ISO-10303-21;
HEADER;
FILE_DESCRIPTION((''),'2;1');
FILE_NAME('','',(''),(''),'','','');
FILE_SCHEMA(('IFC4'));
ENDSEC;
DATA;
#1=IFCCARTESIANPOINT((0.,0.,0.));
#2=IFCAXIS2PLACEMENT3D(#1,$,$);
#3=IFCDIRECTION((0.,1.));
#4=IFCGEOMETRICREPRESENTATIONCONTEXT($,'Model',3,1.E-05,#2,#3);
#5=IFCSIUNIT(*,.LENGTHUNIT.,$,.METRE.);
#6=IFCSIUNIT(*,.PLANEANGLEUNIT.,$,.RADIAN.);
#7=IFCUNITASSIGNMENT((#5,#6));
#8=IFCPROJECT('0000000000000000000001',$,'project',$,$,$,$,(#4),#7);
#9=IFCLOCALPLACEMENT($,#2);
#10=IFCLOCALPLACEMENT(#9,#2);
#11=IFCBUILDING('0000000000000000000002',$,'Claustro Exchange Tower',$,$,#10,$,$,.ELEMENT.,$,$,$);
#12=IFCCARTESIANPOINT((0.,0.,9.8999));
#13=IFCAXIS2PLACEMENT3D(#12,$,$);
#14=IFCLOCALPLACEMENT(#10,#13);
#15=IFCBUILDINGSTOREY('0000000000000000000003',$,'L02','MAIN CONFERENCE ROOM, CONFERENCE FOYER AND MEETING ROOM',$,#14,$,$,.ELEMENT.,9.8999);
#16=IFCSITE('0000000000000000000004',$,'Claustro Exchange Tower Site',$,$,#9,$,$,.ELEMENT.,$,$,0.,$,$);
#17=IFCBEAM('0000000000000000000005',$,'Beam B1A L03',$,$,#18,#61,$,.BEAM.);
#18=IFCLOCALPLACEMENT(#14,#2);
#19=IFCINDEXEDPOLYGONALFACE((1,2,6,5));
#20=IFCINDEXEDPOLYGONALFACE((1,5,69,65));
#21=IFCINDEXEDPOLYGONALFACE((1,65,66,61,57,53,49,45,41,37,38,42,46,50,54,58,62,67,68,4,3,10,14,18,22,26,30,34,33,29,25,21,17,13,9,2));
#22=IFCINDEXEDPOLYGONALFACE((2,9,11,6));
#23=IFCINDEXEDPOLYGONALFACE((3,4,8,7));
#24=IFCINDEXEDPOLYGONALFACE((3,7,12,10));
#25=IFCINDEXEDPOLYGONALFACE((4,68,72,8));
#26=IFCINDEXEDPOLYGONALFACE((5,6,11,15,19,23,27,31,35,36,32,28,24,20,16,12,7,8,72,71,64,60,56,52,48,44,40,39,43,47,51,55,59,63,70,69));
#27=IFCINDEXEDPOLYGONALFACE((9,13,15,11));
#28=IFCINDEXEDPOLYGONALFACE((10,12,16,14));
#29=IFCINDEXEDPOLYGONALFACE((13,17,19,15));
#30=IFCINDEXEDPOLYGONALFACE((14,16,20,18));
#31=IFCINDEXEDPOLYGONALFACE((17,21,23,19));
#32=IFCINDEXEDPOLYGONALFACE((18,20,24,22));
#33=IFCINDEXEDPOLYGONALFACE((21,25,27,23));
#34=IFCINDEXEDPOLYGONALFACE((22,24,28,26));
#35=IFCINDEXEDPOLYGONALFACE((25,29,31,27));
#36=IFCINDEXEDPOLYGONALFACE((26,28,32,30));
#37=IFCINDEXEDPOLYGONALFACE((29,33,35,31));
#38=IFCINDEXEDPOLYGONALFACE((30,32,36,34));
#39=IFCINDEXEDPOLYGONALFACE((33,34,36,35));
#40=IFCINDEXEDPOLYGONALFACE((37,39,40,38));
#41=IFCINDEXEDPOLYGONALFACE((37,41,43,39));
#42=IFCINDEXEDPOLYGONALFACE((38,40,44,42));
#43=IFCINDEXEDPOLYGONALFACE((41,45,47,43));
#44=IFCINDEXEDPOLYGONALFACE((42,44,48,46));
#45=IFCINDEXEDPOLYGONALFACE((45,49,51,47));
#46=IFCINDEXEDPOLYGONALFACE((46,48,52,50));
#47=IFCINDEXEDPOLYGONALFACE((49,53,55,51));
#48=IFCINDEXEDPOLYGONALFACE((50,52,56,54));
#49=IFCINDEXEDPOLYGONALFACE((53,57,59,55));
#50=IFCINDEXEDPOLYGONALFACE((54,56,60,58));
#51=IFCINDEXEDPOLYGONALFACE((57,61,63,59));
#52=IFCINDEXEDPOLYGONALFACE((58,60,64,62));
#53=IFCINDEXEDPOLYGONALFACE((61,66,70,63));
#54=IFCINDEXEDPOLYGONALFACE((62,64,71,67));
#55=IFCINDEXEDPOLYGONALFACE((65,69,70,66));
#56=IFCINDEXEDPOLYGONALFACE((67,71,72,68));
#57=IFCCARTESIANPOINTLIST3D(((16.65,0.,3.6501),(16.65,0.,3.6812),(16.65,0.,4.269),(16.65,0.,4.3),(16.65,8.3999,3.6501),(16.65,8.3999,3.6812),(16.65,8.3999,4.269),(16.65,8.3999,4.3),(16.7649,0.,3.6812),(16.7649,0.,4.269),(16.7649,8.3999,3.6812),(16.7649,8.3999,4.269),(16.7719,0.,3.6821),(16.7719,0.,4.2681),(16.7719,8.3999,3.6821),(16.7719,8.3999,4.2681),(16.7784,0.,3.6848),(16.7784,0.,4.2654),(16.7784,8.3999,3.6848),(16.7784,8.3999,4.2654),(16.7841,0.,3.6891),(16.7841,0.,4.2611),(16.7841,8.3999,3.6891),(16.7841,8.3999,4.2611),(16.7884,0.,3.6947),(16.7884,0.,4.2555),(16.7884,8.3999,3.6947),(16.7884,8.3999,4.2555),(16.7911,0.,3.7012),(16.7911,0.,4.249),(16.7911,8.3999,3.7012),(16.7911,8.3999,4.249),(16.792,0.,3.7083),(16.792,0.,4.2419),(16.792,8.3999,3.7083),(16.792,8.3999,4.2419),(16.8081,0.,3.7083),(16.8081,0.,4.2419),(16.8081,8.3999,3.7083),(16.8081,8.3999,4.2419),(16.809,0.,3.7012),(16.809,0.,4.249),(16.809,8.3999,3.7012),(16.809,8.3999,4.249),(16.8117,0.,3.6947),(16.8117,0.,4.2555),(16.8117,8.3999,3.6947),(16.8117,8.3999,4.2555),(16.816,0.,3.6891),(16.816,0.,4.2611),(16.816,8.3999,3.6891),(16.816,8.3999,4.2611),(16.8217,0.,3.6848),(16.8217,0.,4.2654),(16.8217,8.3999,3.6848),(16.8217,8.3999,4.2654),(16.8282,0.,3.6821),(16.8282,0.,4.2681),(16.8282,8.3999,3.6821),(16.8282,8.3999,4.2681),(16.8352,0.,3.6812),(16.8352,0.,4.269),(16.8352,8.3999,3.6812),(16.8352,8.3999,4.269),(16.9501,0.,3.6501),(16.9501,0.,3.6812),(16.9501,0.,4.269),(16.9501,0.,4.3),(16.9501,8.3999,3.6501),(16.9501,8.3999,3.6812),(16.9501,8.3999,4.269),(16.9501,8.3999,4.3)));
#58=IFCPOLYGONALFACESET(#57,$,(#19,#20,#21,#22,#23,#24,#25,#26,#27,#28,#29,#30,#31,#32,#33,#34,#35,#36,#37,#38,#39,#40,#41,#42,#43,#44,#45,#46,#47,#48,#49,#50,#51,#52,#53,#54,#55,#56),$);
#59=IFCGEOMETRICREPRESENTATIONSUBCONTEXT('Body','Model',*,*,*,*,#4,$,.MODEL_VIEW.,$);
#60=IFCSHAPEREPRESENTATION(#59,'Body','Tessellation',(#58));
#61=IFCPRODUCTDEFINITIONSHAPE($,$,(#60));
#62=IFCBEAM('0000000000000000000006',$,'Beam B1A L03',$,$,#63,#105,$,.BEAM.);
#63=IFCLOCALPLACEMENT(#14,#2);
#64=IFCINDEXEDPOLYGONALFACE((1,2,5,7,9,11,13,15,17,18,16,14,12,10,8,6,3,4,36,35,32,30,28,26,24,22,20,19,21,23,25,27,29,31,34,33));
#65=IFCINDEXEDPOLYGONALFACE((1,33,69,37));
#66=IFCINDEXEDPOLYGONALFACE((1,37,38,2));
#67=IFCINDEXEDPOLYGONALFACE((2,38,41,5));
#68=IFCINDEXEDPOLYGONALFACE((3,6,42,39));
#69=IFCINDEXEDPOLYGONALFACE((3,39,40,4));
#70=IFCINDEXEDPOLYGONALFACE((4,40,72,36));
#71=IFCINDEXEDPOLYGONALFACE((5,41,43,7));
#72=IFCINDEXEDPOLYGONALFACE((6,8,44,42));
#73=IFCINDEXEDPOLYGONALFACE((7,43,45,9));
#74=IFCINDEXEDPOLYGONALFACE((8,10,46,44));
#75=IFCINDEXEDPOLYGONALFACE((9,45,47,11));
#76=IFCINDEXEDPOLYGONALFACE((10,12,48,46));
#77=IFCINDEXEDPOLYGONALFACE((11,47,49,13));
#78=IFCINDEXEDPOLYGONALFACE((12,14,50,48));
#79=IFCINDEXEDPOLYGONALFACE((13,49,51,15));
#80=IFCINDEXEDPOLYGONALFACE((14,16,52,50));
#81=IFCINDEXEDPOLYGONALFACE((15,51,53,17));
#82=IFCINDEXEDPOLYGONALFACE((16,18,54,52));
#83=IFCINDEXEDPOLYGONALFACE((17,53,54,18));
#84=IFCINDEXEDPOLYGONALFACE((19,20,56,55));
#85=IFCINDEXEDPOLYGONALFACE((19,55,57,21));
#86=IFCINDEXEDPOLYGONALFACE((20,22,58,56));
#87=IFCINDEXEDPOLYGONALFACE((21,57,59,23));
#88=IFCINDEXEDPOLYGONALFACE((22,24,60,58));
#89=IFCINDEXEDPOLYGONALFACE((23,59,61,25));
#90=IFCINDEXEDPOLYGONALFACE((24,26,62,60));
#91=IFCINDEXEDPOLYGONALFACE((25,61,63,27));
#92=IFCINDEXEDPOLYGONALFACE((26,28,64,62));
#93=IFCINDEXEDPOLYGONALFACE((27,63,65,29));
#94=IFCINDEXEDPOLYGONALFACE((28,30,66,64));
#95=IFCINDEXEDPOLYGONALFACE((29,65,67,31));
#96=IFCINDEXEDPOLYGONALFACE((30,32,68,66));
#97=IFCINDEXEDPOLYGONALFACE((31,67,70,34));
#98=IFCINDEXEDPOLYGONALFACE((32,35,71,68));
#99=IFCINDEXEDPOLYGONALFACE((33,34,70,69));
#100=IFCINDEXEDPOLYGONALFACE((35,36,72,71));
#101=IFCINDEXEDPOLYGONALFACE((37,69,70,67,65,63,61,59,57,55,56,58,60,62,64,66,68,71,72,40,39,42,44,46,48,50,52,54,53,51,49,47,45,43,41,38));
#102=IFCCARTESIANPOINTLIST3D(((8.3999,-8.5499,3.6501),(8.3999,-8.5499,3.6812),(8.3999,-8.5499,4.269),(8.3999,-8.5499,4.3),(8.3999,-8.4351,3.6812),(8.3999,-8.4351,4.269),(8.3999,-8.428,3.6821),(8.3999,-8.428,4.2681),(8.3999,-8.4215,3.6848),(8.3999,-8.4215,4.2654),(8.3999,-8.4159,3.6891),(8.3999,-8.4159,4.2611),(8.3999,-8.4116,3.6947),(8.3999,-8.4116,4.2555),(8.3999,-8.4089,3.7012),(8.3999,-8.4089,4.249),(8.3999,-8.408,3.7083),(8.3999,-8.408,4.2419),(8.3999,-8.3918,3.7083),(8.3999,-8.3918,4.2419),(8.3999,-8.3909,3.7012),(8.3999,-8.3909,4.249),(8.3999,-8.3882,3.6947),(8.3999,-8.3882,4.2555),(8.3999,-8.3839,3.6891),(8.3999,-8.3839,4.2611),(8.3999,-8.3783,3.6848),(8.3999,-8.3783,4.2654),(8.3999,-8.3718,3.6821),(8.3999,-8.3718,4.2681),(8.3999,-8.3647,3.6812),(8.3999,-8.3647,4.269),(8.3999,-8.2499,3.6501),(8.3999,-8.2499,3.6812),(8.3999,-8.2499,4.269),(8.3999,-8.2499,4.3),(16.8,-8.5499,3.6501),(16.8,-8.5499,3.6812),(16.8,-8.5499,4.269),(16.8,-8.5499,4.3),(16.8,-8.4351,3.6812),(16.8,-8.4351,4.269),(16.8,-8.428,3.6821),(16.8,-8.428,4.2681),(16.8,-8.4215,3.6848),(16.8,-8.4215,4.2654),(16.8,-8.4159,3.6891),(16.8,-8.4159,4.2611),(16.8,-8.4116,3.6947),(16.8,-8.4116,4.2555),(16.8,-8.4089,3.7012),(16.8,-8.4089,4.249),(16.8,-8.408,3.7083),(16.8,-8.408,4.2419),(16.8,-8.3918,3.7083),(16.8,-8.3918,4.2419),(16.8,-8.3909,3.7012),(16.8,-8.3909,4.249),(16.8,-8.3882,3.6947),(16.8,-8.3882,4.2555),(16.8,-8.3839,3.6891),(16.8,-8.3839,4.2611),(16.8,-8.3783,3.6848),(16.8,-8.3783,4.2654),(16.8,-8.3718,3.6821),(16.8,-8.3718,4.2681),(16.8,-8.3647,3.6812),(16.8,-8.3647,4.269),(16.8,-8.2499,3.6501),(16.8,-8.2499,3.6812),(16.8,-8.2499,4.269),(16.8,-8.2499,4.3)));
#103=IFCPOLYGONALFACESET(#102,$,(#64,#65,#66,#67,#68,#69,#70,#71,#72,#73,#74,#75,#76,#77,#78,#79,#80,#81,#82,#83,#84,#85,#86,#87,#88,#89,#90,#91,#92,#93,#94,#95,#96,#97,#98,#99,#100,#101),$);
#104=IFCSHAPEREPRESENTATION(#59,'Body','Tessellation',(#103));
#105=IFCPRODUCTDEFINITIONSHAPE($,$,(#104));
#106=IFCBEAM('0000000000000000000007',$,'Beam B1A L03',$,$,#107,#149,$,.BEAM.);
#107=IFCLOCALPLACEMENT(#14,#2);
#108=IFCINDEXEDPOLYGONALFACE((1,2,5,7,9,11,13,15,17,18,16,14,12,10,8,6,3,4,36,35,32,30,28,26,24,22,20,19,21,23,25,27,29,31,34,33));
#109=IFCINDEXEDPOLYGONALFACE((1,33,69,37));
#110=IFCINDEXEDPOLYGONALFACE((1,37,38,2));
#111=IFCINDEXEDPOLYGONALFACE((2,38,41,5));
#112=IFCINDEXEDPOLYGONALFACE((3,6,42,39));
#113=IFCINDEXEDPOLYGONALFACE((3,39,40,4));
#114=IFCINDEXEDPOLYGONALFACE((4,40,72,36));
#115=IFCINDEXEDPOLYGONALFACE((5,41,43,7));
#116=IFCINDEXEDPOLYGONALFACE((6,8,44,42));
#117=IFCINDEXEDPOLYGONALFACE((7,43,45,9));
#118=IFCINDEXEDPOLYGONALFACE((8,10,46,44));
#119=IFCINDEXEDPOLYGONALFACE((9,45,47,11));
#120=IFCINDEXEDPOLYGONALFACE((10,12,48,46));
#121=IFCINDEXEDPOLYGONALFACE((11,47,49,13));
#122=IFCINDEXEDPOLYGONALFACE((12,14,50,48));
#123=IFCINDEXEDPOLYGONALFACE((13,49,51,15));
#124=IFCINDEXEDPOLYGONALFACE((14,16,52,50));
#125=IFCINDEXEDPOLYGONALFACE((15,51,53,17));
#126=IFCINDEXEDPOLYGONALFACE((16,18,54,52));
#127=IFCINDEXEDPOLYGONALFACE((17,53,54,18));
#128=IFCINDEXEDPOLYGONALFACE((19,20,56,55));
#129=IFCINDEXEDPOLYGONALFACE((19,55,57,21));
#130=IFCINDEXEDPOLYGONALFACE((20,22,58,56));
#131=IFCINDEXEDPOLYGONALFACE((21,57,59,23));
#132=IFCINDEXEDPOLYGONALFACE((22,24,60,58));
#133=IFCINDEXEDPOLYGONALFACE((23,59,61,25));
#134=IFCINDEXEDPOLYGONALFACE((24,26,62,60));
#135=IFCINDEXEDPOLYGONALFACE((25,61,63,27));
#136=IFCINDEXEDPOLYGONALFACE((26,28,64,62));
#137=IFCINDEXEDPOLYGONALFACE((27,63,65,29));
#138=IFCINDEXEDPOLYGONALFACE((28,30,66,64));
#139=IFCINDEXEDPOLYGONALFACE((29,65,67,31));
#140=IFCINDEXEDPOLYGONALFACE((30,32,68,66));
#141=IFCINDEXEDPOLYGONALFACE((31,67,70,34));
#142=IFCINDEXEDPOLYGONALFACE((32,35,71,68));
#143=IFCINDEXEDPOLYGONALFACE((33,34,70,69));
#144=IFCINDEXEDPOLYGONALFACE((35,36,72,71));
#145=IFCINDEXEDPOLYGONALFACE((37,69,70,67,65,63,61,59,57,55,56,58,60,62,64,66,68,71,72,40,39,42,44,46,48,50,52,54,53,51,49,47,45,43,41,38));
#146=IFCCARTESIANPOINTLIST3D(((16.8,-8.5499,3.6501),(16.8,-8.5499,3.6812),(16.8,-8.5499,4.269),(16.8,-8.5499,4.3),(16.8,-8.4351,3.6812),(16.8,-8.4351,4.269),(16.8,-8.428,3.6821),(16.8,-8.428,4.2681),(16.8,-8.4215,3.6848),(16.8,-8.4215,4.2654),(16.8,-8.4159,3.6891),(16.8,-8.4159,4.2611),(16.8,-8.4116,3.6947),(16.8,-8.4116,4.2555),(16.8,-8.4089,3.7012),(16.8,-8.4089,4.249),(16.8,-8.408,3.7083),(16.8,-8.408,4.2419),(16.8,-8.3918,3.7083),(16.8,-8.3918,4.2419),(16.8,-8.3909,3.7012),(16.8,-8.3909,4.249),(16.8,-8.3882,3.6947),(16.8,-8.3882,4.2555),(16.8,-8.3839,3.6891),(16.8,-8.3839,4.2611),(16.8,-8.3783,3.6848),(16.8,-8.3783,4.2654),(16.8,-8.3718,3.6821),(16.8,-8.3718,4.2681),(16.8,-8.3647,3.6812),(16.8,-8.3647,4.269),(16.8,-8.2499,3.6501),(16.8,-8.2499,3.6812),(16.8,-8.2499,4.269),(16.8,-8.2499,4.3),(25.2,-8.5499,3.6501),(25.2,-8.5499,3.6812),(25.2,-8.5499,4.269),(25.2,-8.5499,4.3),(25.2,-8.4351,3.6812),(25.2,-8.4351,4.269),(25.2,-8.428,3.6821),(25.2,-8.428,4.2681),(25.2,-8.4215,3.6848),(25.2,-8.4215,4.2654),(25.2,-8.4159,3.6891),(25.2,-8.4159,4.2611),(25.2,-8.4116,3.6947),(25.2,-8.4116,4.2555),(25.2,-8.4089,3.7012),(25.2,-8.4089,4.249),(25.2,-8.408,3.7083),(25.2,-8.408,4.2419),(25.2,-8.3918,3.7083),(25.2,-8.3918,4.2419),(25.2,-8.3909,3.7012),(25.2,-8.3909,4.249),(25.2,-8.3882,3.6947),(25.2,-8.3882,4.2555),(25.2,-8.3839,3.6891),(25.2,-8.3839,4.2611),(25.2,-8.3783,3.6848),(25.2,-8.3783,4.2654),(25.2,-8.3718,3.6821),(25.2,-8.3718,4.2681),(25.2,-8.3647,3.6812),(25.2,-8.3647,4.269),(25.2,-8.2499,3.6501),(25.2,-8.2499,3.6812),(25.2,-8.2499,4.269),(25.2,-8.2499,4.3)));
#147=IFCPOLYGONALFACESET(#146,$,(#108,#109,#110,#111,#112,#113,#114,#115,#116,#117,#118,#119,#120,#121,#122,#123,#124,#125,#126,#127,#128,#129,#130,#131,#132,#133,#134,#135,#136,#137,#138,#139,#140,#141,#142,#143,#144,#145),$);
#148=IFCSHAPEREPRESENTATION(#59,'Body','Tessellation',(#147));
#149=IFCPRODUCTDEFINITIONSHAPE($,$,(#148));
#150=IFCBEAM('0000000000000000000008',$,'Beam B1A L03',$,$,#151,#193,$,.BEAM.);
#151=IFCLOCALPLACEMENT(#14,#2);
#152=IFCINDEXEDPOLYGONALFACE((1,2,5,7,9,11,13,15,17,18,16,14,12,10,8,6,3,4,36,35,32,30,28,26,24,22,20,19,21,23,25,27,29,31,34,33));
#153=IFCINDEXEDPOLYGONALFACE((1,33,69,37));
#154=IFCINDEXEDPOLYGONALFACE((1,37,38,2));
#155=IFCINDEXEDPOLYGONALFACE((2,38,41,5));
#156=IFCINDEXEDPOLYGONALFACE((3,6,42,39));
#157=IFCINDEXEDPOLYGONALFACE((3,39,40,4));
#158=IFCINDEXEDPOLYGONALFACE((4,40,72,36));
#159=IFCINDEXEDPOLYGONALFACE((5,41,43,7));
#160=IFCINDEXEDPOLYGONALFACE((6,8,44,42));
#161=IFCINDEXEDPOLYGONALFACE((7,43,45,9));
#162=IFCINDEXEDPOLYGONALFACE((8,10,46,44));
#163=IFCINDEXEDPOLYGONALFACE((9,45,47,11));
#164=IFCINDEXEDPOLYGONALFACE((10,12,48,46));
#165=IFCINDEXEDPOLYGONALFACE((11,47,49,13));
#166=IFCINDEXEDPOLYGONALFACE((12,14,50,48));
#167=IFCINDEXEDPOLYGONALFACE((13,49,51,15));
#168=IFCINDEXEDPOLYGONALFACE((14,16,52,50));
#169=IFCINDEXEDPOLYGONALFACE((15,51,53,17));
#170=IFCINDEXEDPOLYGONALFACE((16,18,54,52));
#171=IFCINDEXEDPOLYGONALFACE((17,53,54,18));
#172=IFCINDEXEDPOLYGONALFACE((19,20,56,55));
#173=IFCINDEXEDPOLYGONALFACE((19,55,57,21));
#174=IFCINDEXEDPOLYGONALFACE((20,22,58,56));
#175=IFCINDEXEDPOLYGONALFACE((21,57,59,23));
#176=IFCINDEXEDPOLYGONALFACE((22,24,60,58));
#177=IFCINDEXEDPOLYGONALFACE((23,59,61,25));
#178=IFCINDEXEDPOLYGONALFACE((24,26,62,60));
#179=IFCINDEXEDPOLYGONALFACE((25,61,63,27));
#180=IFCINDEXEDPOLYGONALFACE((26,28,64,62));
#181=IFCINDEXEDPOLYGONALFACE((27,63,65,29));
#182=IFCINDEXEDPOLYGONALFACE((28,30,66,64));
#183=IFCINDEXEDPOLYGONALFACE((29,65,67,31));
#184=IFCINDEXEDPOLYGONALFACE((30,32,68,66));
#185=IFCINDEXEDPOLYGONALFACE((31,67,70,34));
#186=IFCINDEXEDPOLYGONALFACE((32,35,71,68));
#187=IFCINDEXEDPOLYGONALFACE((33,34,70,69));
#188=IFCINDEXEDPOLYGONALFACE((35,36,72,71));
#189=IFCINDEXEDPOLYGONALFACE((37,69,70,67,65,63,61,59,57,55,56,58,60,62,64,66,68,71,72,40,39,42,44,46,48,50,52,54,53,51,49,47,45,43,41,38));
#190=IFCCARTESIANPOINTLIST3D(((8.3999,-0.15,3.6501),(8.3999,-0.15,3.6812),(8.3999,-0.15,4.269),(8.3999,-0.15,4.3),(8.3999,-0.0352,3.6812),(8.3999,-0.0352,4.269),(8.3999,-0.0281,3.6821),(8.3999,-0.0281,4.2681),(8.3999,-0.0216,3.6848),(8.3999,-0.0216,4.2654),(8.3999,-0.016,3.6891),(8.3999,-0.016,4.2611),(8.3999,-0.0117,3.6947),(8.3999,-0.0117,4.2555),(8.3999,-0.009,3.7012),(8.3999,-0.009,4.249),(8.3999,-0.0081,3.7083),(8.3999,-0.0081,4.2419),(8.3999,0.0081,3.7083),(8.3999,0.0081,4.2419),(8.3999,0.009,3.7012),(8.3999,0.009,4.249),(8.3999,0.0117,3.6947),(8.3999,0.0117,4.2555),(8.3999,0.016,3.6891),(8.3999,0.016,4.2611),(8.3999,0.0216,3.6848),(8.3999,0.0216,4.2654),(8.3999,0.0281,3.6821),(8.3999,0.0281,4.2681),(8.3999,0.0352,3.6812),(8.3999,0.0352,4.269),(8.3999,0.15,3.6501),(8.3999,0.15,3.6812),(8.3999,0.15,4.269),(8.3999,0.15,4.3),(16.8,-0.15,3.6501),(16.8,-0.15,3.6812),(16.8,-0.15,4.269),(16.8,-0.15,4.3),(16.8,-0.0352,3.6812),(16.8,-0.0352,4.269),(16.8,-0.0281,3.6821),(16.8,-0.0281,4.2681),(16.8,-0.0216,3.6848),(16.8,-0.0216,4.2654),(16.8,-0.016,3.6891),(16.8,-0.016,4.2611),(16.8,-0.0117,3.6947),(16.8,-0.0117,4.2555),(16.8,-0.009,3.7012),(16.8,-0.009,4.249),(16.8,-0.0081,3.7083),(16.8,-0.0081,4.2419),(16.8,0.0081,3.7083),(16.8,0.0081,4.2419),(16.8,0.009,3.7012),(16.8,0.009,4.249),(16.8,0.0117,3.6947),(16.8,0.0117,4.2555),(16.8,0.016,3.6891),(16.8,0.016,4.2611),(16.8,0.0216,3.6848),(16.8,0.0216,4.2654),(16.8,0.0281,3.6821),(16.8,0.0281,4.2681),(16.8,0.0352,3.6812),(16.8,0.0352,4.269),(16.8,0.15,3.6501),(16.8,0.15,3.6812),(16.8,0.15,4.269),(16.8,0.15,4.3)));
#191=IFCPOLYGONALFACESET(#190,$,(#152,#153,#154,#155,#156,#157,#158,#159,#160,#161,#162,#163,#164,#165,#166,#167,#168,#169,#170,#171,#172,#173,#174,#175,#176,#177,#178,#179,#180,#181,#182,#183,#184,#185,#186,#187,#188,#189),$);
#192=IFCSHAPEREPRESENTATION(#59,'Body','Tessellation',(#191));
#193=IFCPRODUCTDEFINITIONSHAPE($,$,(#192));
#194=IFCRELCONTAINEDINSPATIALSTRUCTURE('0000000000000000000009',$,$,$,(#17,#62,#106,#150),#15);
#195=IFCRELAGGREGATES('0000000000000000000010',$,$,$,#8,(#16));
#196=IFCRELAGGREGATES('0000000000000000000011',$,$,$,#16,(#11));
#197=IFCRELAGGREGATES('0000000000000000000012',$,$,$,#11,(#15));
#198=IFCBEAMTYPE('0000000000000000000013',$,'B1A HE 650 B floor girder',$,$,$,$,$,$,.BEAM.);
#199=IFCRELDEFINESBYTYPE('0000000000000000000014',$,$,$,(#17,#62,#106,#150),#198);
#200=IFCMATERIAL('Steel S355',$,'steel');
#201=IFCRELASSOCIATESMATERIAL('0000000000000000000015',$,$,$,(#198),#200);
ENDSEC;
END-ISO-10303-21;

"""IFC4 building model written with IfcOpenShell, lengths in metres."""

from ifc_helpers import new_model, si_unit, direction, frame, origin, origin_2d, place, context, subcontext, project, spatial, i_section, extrude, material, material_profile, profile_set, type_object, element, save


model = new_model("IFC4")

# Units and contexts
model_context = context("Model", 3, precision=1e-05, world=origin(), true_north=direction((0.0, 1.0)))
body_context = subcontext(model_context, "Body", "Model", "MODEL_VIEW")
ifc_project = project(units=[si_unit("LENGTHUNIT", "METRE"), si_unit("PLANEANGLEUNIT", "RADIAN")], contexts=[model_context])

# Site, building, storey
site_placement = place(None, origin())
site = spatial("IfcSite", under=ifc_project, at=site_placement, Name="Claustro Exchange Tower Site", CompositionType="ELEMENT", RefElevation=0.0)
building_placement = place(site_placement, origin())
building = spatial("IfcBuilding", under=site, at=building_placement, Name="Claustro Exchange Tower", CompositionType="ELEMENT")
storey_placement = place(building_placement, frame((0.0, 0.0, 9.8999)))
storey = spatial("IfcBuildingStorey", under=building, at=storey_placement, Name="L02", Description="MAIN CONFERENCE ROOM, CONFERENCE FOYER AND MEETING ROOM", CompositionType="ELEMENT", Elevation=9.8999)

# Beams
ifc_material_1 = material(Name="Steel S355", Category="steel")
ifc_material_profile_1 = material_profile(ifc_material_1, i_section(OverallWidth=0.3, OverallDepth=0.6499, WebThickness=0.0161, FlangeThickness=0.031, FilletRadius=0.0271, at=origin_2d()), Name="HE 650 B")
ifc_profile_set_1 = profile_set([ifc_material_profile_1], Name="Steel S355")
beam_type_1 = type_object("IfcBeamType", Name="B1A HE 650 B floor girder", PredefinedType="BEAM", material=ifc_profile_set_1)
for number, where, z_axis, x_axis, name in (
    (1, (16.8, 0.0, 3.9751), (0.0, 1.0, 0.0), (-1.0, 0.0, 0.0), "Beam B1A L03"),
):
    element("IfcBeam", number, at=place(storey_placement, frame(where, z_axis=z_axis, x_axis=x_axis)), inside=storey, type_object=beam_type_1, Name=name, PredefinedType="BEAM", context=body_context, shape_type="SweptSolid", body=[
        extrude(i_section(OverallWidth=0.3, OverallDepth=0.6499, WebThickness=0.0161, FlangeThickness=0.031, FilletRadius=0.0271, at=origin_2d()), origin(), (0.0, 0.0, 1.0), 8.3999),
    ])
beam_1_placement = place(storey_placement, frame((8.3999, -8.3999, 3.9751), z_axis=(1.0, 0.0, 0.0), x_axis=(0.0, 1.0, 0.0)))
element("IfcBeam", 2, at=beam_1_placement, inside=storey, type_object=beam_type_1, Name="Beam B1A L03", PredefinedType="BEAM", context=body_context, shape_type="SweptSolid", body=[
    extrude(i_section(OverallWidth=0.3, OverallDepth=0.6499, WebThickness=0.0161, FlangeThickness=0.031, FilletRadius=0.0271, at=origin_2d()), origin(), (0.0, 0.0, 1.0), 8.4001),
])
beam_2_placement = place(storey_placement, frame((16.8, -8.3999, 3.9751), z_axis=(1.0, 0.0, 0.0), x_axis=(0.0, 1.0, 0.0)))
element("IfcBeam", 3, at=beam_2_placement, inside=storey, type_object=beam_type_1, Name="Beam B1A L03", PredefinedType="BEAM", context=body_context, shape_type="SweptSolid", body=[
    extrude(i_section(OverallWidth=0.3, OverallDepth=0.6499, WebThickness=0.0161, FlangeThickness=0.031, FilletRadius=0.0271, at=origin_2d()), origin(), (0.0, 0.0, 1.0), 8.3999),
])
beam_3_placement = place(storey_placement, frame((8.3999, 0.0, 3.9751), z_axis=(1.0, 0.0, 0.0), x_axis=(0.0, 1.0, 0.0)))
element("IfcBeam", 4, at=beam_3_placement, inside=storey, type_object=beam_type_1, Name="Beam B1A L03", PredefinedType="BEAM", context=body_context, shape_type="SweptSolid", body=[
    extrude(i_section(OverallWidth=0.3, OverallDepth=0.6499, WebThickness=0.0161, FlangeThickness=0.031, FilletRadius=0.0271, at=origin_2d()), origin(), (0.0, 0.0, 1.0), 8.4001),
])

save(model, "model.ifc")
